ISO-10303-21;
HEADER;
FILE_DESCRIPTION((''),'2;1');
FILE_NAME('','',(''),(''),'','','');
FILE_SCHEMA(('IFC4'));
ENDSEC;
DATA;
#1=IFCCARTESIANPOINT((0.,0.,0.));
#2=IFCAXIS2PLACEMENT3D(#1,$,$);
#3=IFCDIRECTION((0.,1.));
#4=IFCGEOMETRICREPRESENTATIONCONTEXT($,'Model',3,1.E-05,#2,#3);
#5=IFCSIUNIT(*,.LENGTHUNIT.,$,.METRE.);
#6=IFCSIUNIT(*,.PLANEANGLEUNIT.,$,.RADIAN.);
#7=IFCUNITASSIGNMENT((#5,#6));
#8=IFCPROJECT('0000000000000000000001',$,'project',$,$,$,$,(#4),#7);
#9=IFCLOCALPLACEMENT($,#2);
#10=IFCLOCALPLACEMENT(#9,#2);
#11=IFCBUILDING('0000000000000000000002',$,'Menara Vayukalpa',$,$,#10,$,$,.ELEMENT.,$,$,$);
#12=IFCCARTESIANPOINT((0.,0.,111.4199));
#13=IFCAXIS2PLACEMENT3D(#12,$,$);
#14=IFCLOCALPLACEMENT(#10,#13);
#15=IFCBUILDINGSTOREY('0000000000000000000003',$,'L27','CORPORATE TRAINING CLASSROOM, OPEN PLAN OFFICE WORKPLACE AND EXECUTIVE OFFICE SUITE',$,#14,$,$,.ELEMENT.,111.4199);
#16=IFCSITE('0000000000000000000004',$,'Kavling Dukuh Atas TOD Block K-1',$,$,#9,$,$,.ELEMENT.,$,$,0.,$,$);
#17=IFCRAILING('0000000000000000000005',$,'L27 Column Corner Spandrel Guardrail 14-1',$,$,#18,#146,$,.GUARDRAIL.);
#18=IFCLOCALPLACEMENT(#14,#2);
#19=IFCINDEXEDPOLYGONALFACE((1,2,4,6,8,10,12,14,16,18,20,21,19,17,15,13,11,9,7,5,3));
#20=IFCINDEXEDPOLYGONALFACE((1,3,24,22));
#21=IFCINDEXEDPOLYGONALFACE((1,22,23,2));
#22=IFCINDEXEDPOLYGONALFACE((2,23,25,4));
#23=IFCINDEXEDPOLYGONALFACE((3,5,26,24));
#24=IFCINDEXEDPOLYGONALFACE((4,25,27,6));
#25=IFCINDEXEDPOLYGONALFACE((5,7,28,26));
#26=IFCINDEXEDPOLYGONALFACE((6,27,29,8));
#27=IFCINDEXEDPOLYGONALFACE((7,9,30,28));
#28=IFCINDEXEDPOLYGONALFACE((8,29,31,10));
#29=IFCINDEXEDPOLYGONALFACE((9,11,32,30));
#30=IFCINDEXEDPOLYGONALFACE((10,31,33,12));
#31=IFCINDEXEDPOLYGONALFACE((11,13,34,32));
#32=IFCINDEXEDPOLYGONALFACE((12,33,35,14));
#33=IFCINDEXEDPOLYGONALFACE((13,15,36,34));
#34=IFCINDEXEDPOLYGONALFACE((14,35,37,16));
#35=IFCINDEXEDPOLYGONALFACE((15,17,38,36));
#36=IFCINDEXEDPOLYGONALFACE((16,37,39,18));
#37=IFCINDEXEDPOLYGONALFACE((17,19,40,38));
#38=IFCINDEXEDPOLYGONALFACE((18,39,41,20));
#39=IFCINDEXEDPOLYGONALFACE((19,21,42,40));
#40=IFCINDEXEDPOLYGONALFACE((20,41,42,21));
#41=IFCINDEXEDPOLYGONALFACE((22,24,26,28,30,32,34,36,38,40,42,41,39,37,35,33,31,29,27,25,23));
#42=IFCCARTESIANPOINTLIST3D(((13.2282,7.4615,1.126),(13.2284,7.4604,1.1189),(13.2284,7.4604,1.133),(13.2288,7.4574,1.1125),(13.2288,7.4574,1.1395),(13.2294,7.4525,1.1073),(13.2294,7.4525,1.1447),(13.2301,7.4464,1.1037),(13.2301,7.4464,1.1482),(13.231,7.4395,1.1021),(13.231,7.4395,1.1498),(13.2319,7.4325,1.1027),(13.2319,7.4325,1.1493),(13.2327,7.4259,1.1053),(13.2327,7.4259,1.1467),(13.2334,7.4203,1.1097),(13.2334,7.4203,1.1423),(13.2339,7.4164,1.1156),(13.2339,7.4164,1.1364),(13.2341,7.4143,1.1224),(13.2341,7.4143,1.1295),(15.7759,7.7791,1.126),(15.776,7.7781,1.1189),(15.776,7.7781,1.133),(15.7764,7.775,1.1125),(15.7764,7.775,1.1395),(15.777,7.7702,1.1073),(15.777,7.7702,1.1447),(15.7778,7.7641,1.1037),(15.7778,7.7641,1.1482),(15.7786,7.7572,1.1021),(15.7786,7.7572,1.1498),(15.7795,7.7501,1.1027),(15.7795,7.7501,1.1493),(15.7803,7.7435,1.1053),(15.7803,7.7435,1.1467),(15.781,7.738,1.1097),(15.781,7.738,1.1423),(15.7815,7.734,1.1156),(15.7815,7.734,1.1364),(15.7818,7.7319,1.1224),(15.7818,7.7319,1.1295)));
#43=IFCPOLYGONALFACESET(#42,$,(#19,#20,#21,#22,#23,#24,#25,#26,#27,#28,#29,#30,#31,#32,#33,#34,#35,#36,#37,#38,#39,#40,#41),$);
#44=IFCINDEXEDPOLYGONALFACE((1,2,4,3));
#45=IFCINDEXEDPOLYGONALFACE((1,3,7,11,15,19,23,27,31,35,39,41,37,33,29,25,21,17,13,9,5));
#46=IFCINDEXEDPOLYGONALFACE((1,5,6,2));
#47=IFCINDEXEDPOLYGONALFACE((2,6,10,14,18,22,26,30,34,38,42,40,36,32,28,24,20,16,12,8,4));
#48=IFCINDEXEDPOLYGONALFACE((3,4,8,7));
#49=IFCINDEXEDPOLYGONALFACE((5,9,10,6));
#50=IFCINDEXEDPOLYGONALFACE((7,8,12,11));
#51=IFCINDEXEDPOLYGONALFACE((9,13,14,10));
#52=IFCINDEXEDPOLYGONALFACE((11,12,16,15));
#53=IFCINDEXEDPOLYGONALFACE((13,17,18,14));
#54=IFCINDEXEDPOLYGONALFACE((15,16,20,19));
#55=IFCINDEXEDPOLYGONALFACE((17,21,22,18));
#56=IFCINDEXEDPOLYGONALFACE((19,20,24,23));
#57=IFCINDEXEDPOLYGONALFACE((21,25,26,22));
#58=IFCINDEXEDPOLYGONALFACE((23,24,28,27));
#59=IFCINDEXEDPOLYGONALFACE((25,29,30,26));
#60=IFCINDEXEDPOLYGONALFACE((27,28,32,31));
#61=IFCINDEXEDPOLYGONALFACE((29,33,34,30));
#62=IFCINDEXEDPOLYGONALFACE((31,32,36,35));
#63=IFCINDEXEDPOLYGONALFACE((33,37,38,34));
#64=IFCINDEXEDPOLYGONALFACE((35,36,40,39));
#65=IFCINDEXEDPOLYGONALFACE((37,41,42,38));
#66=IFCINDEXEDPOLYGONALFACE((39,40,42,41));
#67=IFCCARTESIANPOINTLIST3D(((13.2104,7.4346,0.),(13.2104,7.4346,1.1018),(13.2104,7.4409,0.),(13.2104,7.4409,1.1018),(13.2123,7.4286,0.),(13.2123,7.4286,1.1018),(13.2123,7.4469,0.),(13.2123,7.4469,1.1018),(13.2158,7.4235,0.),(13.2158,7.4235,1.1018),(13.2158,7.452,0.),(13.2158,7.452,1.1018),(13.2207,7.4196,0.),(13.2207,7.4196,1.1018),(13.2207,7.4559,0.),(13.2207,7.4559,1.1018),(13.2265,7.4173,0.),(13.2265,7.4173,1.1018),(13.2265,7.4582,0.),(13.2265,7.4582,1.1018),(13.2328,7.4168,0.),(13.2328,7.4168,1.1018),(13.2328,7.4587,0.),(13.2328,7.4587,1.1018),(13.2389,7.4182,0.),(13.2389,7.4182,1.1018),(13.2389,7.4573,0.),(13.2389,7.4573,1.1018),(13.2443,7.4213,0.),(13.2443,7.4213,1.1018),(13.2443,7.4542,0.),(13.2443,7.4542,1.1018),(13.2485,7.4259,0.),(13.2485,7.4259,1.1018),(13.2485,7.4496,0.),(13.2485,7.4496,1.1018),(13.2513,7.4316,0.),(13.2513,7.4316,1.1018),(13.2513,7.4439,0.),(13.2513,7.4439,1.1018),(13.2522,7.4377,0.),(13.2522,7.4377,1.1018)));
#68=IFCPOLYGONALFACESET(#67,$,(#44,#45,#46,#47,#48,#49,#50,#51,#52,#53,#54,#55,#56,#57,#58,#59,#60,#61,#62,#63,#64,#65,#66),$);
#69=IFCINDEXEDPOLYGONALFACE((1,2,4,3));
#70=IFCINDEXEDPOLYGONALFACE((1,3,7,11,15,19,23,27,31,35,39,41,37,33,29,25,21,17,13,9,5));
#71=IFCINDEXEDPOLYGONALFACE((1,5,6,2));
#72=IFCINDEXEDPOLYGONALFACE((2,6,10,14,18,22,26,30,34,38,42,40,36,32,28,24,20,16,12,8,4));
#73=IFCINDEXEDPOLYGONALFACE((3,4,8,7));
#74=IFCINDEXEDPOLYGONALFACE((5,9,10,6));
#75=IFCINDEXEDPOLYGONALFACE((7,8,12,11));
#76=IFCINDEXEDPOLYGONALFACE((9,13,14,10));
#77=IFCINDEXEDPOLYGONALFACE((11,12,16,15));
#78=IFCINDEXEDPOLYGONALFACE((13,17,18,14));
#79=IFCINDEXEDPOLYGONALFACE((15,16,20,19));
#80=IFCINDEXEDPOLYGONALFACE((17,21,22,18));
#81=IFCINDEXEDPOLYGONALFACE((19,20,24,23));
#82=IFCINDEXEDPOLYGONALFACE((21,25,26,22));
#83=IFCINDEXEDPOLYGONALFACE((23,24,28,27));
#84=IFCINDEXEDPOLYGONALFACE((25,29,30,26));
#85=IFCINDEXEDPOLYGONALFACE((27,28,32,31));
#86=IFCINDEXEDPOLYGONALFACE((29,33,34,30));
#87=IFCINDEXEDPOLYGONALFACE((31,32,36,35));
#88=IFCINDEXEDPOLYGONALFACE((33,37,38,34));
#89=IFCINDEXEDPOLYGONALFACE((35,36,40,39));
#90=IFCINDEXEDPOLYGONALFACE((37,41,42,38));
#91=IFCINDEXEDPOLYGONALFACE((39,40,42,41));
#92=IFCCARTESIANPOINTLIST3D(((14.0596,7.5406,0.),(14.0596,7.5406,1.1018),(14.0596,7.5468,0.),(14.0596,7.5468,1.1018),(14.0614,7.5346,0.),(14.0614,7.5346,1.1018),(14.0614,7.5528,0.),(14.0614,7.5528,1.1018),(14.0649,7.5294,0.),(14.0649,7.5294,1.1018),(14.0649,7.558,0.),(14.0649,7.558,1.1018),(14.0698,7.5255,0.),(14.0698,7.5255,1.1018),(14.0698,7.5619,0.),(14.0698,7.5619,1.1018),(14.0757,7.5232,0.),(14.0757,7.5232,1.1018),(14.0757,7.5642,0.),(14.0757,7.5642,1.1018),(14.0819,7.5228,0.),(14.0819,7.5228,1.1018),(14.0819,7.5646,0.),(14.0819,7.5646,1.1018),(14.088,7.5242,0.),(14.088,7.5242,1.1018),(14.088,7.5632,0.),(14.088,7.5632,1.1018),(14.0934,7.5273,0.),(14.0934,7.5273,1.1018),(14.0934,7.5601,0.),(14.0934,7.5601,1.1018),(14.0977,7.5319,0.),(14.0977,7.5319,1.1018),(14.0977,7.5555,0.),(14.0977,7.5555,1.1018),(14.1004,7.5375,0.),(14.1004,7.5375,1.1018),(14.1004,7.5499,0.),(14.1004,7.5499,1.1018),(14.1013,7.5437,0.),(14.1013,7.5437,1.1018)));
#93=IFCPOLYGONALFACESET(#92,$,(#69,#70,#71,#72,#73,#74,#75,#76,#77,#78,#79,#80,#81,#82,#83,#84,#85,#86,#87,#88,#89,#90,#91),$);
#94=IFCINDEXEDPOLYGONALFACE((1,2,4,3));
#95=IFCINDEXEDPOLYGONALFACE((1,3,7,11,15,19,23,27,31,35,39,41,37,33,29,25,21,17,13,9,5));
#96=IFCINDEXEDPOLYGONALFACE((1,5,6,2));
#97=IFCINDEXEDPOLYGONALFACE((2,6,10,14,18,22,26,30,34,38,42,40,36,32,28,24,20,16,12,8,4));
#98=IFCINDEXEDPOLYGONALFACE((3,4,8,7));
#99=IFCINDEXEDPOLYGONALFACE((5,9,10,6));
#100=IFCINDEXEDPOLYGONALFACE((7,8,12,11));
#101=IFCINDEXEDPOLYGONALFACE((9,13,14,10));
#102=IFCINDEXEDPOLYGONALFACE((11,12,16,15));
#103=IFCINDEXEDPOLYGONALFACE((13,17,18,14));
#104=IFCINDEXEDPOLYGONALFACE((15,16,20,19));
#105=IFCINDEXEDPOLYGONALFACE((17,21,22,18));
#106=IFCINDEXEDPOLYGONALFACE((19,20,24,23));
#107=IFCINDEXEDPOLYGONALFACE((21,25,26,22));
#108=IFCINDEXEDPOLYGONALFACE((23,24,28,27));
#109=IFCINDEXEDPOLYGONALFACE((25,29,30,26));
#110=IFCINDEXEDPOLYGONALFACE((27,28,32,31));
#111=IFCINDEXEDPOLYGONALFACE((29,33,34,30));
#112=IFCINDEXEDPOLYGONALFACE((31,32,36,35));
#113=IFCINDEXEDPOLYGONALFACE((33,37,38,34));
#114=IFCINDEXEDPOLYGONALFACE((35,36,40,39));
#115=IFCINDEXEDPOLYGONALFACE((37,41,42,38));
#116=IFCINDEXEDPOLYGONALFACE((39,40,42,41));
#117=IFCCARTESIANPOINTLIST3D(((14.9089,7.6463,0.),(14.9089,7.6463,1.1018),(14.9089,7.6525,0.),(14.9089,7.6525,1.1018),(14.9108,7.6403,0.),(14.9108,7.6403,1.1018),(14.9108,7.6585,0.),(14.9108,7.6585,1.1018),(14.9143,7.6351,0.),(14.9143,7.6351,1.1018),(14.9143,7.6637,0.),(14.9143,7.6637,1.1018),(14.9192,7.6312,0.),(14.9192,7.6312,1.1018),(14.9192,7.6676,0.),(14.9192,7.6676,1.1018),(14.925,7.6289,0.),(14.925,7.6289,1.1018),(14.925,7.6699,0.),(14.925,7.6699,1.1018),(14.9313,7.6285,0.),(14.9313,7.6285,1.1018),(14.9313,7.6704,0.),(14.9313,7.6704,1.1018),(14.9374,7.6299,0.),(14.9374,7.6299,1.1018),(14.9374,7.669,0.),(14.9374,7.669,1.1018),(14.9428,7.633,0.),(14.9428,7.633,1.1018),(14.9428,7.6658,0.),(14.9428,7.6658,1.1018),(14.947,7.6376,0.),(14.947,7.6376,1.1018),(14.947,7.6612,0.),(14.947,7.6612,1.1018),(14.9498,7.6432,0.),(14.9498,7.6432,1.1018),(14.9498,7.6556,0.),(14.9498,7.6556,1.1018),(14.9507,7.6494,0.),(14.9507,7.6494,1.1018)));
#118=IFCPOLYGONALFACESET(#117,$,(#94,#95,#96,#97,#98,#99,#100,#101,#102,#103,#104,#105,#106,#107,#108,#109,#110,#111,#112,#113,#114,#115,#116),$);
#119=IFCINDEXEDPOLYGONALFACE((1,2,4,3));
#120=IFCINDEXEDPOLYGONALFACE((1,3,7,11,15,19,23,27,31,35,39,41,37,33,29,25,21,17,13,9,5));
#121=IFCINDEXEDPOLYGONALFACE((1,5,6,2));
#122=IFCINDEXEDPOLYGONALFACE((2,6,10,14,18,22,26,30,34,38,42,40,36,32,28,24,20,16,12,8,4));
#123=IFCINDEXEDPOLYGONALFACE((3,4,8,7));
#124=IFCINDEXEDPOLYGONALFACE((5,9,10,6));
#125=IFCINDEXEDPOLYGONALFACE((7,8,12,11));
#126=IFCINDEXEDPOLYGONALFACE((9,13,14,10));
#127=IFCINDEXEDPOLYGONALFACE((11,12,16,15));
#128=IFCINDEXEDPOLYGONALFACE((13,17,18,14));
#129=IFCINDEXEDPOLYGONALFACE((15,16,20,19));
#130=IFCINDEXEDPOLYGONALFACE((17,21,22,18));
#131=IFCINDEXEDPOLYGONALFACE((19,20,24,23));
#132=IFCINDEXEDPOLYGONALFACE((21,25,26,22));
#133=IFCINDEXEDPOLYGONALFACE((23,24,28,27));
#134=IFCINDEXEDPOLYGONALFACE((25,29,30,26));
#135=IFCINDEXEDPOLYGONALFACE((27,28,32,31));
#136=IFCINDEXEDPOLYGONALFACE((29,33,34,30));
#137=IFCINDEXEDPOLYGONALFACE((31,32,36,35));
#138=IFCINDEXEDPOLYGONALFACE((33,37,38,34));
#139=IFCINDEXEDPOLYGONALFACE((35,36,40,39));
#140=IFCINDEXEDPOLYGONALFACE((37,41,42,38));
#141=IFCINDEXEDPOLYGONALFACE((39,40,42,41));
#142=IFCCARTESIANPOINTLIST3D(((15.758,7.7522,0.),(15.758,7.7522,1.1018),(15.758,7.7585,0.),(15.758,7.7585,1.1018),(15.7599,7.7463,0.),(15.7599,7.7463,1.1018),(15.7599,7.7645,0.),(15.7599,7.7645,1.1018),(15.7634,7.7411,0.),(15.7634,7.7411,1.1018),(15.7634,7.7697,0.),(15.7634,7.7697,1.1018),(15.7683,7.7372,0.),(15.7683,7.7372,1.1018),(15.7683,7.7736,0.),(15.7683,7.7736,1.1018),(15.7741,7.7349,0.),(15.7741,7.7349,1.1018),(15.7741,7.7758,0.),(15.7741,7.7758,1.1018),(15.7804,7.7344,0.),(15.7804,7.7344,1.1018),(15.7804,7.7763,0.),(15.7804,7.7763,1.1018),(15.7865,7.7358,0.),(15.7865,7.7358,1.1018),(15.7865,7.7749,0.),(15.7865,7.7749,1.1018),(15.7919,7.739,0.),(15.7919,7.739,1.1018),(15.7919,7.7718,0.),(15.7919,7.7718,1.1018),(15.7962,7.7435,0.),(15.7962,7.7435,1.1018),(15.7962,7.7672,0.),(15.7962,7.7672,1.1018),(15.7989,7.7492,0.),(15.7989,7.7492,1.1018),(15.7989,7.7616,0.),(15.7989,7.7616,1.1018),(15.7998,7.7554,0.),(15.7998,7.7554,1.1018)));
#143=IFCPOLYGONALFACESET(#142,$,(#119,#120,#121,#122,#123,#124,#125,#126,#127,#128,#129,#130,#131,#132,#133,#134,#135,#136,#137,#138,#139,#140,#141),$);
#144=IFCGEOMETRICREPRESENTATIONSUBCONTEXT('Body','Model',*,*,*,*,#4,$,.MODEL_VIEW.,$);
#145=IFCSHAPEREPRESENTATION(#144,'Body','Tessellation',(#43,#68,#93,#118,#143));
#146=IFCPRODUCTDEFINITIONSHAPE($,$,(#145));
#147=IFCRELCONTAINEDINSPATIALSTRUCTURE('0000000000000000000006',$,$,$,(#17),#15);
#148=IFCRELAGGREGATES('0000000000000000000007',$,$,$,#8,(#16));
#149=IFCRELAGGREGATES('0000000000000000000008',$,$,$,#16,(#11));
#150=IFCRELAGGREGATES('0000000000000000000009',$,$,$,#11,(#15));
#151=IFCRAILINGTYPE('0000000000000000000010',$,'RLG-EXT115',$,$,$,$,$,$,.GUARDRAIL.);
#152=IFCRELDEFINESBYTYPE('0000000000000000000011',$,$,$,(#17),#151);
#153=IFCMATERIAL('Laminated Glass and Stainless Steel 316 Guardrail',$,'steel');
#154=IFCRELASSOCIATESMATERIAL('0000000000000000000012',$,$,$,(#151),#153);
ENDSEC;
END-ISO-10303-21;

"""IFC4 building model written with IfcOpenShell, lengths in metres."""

from ifc_helpers import new_model, si_unit, direction, frame, origin, origin_2d, place, context, subcontext, project, spatial, circle, extrude, material, type_object, element, save


model = new_model("IFC4")

# Units and contexts
model_context = context("Model", 3, precision=1e-05, world=origin(), true_north=direction((0.0, 1.0)))
body_context = subcontext(model_context, "Body", "Model", "MODEL_VIEW")
ifc_project = project(units=[si_unit("LENGTHUNIT", "METRE"), si_unit("PLANEANGLEUNIT", "RADIAN")], contexts=[model_context])

# Site, building, storey
site_placement = place(None, origin())
site = spatial("IfcSite", under=ifc_project, at=site_placement, Name="Kavling Dukuh Atas TOD Block K-1", CompositionType="ELEMENT", RefElevation=0.0)
building_placement = place(site_placement, origin())
building = spatial("IfcBuilding", under=site, at=building_placement, Name="Menara Vayukalpa", CompositionType="ELEMENT")
storey_placement = place(building_placement, frame((0.0, 0.0, 111.4199)))
storey = spatial("IfcBuildingStorey", under=building, at=storey_placement, Name="L27", Description="CORPORATE TRAINING CLASSROOM, OPEN PLAN OFFICE WORKPLACE AND EXECUTIVE OFFICE SUITE", CompositionType="ELEMENT", Elevation=111.4199)

# Railing
ifc_material_1 = material(Name="Laminated Glass and Stainless Steel 316 Guardrail", Category="steel")
railing_type = type_object("IfcRailingType", Name="RLG-EXT115", PredefinedType="GUARDRAIL", material=ifc_material_1)
railing_placement = place(storey_placement, frame((13.2312, 7.4377, 0.0)))
element("IfcRailing", 1, at=railing_placement, inside=storey, type_object=railing_type, Name="L27 Column Corner Spandrel Guardrail 14-1", PredefinedType="GUARDRAIL", context=body_context, shape_type="SweptSolid", body=[
    extrude(circle(Radius=0.0239, at=origin_2d()), frame((0.0, 0.0, 1.126), z_axis=(0.992317, 0.123719, 0.0), x_axis=(-0.123719, 0.992317, 0.0)), (0.0, 0.0, 1.0), 2.5674),
    extrude(circle(Radius=0.021, at=origin_2d()), origin(), (0.0, 0.0, 1.0), 1.1018),
    extrude(circle(Radius=0.021, at=origin_2d()), frame((0.8491, 0.106, 0.0)), (0.0, 0.0, 1.0), 1.1018),
    extrude(circle(Radius=0.021, at=origin_2d()), frame((1.6985, 0.2117, 0.0)), (0.0, 0.0, 1.0), 1.1018),
    extrude(circle(Radius=0.021, at=origin_2d()), frame((2.5476, 0.3176, 0.0)), (0.0, 0.0, 1.0), 1.1018),
])

save(model, "model.ifc")
